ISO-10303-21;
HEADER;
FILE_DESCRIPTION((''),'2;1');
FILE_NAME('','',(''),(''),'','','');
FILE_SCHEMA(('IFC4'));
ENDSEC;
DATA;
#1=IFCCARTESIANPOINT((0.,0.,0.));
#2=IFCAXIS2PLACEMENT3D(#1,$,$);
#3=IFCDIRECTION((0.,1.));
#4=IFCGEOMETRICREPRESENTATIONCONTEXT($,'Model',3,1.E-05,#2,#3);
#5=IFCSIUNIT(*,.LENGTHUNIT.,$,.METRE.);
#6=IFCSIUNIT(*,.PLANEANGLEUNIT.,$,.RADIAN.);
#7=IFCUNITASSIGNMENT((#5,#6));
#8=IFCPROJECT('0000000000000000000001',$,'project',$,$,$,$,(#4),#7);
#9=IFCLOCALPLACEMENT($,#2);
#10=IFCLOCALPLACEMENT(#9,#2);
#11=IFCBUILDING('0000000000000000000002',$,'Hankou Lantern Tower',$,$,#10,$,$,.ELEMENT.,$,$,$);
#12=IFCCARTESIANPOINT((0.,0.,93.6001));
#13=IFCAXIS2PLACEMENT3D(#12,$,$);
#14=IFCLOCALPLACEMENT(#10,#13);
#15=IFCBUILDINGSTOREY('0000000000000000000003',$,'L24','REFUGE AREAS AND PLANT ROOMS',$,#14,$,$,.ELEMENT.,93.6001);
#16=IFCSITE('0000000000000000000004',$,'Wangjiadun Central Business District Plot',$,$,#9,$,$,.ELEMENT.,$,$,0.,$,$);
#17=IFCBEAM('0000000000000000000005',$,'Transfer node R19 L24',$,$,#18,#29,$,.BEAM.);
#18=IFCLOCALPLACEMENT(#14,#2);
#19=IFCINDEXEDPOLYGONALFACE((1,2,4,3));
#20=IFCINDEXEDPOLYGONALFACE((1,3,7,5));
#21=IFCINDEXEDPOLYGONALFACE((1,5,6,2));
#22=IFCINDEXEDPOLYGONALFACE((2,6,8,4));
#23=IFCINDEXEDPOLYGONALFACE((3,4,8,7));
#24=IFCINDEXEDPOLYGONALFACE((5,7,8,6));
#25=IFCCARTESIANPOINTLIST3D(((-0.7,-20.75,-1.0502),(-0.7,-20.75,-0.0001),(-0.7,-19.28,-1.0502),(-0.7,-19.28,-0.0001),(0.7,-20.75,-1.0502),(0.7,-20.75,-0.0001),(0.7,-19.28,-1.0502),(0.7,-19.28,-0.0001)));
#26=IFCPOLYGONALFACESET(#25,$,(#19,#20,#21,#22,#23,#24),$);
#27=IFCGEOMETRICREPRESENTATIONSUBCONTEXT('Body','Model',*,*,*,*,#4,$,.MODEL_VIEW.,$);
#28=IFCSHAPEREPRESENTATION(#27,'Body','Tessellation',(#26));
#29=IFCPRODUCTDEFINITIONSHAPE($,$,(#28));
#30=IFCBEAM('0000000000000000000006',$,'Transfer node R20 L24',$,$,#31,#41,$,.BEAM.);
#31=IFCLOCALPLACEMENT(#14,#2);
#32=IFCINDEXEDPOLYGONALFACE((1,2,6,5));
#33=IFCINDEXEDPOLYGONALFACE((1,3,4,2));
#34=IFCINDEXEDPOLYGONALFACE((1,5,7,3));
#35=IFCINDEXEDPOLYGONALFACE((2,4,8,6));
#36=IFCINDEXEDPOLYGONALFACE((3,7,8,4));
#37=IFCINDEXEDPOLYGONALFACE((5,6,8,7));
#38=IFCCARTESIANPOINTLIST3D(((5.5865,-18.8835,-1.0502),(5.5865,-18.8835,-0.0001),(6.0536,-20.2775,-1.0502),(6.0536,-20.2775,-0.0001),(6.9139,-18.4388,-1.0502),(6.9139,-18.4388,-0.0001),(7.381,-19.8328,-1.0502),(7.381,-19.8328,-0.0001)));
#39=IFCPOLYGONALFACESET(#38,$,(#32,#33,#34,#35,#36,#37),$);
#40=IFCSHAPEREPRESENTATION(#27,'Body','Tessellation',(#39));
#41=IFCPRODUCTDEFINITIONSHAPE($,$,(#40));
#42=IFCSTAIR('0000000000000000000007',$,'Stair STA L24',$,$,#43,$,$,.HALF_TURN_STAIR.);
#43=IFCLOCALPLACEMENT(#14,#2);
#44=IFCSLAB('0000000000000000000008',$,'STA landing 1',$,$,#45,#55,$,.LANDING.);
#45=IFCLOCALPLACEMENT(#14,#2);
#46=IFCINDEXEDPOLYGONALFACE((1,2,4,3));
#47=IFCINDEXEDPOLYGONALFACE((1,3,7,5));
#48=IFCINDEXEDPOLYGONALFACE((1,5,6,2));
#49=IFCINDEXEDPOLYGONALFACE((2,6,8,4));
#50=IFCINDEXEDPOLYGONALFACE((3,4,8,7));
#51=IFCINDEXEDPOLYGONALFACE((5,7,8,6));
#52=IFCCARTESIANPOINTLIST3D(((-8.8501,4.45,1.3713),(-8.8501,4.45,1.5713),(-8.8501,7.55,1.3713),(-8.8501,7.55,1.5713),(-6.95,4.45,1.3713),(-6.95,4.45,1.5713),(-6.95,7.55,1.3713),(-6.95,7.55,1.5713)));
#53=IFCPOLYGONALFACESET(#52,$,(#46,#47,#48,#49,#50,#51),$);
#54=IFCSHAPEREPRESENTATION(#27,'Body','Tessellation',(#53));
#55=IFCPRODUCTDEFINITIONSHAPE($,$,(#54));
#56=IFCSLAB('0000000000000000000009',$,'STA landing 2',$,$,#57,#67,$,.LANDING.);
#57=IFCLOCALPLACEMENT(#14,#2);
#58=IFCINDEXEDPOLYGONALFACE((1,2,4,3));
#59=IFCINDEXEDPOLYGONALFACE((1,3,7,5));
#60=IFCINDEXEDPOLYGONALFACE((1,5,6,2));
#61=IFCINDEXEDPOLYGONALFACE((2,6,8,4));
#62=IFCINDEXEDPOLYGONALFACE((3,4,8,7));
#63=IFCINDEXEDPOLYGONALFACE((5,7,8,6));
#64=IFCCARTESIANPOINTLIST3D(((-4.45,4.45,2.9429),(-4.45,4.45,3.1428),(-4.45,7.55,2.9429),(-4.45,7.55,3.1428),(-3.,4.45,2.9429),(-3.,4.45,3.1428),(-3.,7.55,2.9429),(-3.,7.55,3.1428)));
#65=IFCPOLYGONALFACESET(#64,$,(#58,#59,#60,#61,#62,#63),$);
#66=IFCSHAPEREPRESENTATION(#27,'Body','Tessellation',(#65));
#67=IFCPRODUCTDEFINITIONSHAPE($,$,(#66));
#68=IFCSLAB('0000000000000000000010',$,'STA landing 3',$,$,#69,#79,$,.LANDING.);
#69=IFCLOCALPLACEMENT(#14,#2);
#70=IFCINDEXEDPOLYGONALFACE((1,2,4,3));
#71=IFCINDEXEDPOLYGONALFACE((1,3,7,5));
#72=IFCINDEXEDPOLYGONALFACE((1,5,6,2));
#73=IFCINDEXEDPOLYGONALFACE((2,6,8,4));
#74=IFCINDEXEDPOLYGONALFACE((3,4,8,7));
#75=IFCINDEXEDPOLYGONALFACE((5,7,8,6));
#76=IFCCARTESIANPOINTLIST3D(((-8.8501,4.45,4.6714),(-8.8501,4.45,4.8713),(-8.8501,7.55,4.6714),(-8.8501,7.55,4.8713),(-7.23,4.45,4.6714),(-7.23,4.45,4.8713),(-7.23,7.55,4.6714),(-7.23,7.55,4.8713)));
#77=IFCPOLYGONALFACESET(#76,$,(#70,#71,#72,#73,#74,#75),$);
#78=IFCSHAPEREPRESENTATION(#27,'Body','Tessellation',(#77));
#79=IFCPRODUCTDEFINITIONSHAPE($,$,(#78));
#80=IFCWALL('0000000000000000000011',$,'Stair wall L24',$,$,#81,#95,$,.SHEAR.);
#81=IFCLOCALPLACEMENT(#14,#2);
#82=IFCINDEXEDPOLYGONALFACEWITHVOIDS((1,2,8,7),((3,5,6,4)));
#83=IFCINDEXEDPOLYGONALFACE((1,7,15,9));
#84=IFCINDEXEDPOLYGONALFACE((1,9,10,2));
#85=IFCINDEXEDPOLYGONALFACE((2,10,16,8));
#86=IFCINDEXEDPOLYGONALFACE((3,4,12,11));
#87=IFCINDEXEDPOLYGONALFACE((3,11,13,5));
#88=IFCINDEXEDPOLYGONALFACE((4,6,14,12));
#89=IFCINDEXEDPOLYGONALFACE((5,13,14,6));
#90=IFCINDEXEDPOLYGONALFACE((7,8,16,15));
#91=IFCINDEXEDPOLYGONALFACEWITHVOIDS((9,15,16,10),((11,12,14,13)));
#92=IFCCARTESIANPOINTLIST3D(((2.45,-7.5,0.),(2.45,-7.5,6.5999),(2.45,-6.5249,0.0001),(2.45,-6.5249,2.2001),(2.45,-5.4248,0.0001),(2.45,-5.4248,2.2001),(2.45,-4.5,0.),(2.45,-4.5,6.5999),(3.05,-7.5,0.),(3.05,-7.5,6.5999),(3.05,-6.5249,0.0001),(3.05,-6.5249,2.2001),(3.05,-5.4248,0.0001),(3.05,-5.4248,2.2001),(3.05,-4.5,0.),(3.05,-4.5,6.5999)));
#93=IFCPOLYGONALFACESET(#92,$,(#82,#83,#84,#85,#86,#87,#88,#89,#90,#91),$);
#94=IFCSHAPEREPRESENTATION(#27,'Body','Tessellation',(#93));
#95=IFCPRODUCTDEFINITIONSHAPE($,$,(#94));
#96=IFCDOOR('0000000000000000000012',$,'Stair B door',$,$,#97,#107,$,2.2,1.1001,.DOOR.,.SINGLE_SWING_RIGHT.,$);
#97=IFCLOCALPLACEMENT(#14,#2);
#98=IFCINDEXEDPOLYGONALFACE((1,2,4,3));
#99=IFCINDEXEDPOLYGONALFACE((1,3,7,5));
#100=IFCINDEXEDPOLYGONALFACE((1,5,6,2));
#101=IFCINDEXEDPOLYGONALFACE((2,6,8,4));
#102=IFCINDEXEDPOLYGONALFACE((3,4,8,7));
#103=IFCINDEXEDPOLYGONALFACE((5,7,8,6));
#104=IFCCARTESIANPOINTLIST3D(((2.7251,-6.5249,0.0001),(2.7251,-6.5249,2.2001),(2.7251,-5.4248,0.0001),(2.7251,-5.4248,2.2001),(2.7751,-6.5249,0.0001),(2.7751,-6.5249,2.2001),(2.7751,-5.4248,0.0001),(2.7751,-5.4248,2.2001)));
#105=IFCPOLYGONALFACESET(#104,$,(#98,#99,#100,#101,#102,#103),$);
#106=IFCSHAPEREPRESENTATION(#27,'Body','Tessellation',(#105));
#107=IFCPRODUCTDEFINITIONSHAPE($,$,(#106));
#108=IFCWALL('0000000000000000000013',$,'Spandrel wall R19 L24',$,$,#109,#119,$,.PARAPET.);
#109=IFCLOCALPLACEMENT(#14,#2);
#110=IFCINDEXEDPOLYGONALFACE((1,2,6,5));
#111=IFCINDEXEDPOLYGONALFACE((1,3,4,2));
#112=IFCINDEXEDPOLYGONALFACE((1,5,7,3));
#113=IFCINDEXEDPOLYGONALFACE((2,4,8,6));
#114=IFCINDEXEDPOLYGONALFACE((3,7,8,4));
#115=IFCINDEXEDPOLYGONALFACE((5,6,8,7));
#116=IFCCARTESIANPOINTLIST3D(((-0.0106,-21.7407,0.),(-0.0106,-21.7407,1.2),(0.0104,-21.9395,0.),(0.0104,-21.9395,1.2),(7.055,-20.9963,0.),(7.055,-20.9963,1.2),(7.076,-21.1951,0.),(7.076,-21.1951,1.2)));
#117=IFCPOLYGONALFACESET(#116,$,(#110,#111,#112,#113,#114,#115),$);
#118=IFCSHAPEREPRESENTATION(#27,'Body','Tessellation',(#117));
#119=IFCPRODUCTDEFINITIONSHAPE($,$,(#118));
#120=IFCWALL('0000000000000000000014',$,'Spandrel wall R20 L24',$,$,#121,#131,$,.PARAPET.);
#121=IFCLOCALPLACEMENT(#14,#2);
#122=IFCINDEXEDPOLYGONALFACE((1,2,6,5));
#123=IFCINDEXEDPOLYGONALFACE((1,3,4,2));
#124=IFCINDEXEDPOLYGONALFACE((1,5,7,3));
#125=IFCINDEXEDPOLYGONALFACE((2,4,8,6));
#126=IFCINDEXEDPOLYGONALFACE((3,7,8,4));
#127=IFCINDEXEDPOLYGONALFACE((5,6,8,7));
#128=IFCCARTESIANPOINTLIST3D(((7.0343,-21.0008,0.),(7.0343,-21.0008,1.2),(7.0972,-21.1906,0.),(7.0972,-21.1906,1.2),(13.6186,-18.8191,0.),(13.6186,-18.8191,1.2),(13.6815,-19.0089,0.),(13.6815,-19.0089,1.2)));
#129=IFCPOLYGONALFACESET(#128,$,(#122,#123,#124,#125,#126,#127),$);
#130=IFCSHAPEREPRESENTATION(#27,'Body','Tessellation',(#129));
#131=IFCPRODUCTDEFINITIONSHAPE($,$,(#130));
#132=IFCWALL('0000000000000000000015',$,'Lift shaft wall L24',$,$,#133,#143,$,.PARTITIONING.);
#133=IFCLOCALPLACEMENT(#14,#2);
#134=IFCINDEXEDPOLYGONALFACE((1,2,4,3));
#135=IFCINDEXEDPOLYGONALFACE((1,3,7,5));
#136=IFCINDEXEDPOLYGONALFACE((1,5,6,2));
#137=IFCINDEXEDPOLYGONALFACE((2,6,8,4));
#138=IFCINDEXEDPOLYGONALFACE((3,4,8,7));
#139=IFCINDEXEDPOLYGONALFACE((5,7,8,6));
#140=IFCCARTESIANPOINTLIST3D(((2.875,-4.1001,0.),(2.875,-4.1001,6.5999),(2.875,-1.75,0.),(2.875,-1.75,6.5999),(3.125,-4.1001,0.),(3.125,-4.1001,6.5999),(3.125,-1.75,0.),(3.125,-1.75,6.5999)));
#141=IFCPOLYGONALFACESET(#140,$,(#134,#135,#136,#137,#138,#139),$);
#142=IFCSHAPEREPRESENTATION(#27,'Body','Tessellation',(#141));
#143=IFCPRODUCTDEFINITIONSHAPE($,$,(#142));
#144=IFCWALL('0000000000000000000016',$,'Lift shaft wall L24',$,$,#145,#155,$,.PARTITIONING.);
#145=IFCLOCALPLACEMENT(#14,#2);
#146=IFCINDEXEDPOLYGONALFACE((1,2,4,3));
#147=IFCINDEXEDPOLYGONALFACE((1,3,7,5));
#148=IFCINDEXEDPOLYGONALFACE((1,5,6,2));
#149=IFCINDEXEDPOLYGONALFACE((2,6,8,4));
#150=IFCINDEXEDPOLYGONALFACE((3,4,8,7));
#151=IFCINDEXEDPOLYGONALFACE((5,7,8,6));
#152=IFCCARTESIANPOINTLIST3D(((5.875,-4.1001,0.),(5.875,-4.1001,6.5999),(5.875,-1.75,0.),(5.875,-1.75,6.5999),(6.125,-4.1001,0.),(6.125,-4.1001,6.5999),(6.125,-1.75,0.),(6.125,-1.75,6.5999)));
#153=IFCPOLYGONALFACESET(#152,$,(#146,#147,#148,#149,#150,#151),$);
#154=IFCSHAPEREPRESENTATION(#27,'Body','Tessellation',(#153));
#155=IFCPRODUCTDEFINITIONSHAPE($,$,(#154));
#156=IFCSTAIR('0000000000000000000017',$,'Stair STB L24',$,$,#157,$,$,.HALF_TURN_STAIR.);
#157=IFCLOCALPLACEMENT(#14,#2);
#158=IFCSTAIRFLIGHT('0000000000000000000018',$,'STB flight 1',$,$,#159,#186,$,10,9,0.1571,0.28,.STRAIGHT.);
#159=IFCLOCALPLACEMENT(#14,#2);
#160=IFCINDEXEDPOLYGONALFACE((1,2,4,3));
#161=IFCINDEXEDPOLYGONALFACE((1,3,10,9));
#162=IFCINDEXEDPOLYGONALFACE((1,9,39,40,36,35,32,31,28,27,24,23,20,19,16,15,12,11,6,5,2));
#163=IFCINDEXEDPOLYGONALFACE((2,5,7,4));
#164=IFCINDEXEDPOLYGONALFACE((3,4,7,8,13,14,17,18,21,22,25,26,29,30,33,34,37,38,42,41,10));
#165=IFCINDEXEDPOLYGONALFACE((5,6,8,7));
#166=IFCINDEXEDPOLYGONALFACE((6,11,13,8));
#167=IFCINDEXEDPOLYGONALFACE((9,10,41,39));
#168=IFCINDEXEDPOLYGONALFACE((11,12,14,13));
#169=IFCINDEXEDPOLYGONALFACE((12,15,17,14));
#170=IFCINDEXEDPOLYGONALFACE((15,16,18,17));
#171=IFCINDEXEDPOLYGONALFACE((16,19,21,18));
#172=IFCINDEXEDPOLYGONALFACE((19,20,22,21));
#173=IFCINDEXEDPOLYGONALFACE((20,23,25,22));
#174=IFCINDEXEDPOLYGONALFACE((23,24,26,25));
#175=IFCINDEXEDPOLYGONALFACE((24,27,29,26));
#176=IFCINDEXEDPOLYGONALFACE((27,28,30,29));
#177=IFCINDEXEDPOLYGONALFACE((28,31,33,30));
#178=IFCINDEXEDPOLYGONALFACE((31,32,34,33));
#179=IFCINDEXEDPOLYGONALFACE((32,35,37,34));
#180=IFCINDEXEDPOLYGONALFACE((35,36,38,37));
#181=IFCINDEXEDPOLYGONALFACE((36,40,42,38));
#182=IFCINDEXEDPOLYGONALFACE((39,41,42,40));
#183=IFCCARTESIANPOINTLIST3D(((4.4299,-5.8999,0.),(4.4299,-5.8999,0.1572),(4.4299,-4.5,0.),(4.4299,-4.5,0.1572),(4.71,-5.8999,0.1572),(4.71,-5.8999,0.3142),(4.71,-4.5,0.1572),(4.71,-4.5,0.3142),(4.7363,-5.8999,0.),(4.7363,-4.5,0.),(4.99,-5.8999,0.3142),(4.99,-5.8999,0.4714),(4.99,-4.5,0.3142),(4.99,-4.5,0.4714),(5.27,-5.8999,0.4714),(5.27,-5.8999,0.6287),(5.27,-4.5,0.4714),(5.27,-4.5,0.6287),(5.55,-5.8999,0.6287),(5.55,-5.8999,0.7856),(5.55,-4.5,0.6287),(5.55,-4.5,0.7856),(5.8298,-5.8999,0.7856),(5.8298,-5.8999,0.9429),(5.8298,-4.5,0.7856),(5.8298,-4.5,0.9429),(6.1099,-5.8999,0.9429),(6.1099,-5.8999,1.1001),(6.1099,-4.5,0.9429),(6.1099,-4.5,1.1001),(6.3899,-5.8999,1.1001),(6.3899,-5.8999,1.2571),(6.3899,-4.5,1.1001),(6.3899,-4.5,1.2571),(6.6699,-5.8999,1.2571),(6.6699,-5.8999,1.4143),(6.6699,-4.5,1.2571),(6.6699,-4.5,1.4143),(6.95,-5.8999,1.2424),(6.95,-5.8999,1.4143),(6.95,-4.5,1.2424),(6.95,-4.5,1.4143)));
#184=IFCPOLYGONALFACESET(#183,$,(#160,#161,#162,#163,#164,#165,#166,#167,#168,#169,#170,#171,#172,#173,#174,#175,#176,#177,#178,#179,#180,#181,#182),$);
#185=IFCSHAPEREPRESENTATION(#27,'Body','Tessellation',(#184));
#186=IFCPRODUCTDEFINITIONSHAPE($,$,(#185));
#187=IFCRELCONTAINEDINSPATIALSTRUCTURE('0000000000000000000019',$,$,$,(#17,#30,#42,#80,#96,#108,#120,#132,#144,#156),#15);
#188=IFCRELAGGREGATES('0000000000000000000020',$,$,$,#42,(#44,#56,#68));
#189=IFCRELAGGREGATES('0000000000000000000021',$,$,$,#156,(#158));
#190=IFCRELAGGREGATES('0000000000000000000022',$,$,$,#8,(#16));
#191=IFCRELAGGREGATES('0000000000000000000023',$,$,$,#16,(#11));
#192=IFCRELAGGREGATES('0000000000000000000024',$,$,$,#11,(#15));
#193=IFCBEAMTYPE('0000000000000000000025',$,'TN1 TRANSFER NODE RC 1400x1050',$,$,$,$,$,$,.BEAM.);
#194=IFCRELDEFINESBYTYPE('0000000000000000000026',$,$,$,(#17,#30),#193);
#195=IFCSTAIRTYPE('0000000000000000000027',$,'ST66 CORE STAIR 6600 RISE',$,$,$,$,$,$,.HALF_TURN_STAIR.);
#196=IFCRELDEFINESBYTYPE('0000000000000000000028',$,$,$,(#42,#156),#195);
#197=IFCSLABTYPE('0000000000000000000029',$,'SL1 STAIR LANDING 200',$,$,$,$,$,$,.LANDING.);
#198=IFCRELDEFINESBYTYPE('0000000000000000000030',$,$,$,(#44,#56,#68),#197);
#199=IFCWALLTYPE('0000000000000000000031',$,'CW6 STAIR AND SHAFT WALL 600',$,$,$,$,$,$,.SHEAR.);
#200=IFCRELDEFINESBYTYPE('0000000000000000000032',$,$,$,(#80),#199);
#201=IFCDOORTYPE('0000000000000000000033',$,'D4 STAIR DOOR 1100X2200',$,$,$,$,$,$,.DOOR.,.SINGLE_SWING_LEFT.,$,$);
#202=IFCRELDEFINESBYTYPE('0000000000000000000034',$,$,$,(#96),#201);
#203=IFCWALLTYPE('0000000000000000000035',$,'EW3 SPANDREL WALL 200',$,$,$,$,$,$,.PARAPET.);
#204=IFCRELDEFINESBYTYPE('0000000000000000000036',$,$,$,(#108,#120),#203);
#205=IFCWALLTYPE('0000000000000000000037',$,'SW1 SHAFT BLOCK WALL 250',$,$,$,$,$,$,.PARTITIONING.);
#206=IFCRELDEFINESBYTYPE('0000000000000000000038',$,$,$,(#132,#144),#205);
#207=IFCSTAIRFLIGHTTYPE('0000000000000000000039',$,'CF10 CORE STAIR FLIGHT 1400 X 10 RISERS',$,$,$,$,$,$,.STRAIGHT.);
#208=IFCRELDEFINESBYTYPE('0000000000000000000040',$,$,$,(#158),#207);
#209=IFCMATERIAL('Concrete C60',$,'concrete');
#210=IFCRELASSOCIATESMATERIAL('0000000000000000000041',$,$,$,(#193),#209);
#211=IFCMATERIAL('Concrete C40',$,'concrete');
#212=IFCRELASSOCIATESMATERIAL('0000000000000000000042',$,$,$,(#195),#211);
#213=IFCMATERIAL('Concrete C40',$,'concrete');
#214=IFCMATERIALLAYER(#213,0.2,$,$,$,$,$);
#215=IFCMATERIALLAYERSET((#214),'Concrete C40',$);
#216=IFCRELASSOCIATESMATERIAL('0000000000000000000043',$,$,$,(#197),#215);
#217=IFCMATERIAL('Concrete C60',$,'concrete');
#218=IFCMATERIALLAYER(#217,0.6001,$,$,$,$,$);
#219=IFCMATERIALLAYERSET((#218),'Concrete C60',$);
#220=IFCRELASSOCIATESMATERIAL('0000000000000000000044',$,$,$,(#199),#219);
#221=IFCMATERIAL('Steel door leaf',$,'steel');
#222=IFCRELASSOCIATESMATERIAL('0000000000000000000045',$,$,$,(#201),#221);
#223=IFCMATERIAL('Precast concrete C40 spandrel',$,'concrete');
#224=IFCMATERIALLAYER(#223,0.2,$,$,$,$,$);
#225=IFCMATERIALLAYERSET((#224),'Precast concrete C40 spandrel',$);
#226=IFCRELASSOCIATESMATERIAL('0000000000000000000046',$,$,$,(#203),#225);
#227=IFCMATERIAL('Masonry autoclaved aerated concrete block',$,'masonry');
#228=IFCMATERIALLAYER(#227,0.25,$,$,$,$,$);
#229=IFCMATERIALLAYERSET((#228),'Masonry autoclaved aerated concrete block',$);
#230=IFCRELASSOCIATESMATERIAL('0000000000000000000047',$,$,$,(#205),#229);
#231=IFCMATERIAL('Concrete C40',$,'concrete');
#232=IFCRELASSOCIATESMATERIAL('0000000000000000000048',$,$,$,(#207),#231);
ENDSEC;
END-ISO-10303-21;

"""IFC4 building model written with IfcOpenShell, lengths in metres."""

from ifc_helpers import new_model, si_unit, direction, frame, frame_2d, origin, origin_2d, place, context, subcontext, project, spatial, polyline, rectangle, outline, extrude, material, layer, layer_set, material_profile, profile_set, type_object, element, fill, aggregate, save


model = new_model("IFC4")

# Units and contexts
model_context = context("Model", 3, precision=1e-05, world=origin(), true_north=direction((0.0, 1.0)))
body_context = subcontext(model_context, "Body", "Model", "MODEL_VIEW")
ifc_project = project(units=[si_unit("LENGTHUNIT", "METRE"), si_unit("PLANEANGLEUNIT", "RADIAN")], contexts=[model_context])

# Site, building, storey
site_placement = place(None, origin())
site = spatial("IfcSite", under=ifc_project, at=site_placement, Name="Wangjiadun Central Business District Plot", CompositionType="ELEMENT", RefElevation=0.0)
building_placement = place(site_placement, origin())
building = spatial("IfcBuilding", under=site, at=building_placement, Name="Hankou Lantern Tower", CompositionType="ELEMENT")
storey_placement = place(building_placement, frame((0.0, 0.0, 93.6001)))
storey = spatial("IfcBuildingStorey", under=building, at=storey_placement, Name="L24", Description="REFUGE AREAS AND PLANT ROOMS", CompositionType="ELEMENT", Elevation=93.6001)

# Beams
ifc_material_1 = material(Name="Concrete C60", Category="concrete")
ifc_material_profile_1 = material_profile(ifc_material_1, rectangle(XDim=1.3999, YDim=1.05, at=origin_2d()), Name="RC 1400x1050")
ifc_profile_set_1 = profile_set([ifc_material_profile_1], Name="Concrete C60")
beam_type_1 = type_object("IfcBeamType", Name="TN1 TRANSFER NODE RC 1400x1050", PredefinedType="BEAM", material=ifc_profile_set_1)
beam_1_placement = place(storey_placement, frame((0.0, -20.75, -0.5251), z_axis=(0.0, 1.0, 0.0), x_axis=(-1.0, 0.0, 0.0)))
element("IfcBeam", 1, at=beam_1_placement, inside=storey, type_object=beam_type_1, Name="Transfer node R19 L24", PredefinedType="BEAM", context=body_context, shape_type="SweptSolid", body=[
    extrude(rectangle(XDim=1.3999, YDim=1.05, at=origin_2d()), origin(), (0.0, 0.0, 1.0), 1.47),
])
beam_2_placement = place(storey_placement, frame((6.7173, -20.0552, -0.5251), z_axis=(-0.317672, 0.948201, 0.0), x_axis=(-0.948201, -0.317672, 0.0)))
element("IfcBeam", 2, at=beam_2_placement, inside=storey, type_object=beam_type_1, Name="Transfer node R20 L24", PredefinedType="BEAM", context=body_context, shape_type="SweptSolid", body=[
    extrude(rectangle(XDim=1.3999, YDim=1.05, at=origin_2d()), origin(), (0.0, 0.0, 1.0), 1.4702),
])

# Stair, slabs
ifc_material_2 = material(Name="Concrete C40", Category="concrete")
stair_type = type_object("IfcStairType", Name="ST66 CORE STAIR 6600 RISE", PredefinedType="HALF_TURN_STAIR", material=ifc_material_2)
stair_1_placement = place(storey_placement, origin())
stair_1 = element("IfcStair", 3, at=stair_1_placement, inside=storey, type_object=stair_type, Name="Stair STA L24", PredefinedType="HALF_TURN_STAIR")
ifc_material_3 = material(Name="Concrete C40", Category="concrete")
ifc_layer_1 = layer(ifc_material_3, 0.2)
ifc_layer_set_1 = layer_set([ifc_layer_1], Name="Concrete C40")
slab_type = type_object("IfcSlabType", Name="SL1 STAIR LANDING 200", PredefinedType="LANDING", material=ifc_layer_set_1)
slab_1_placement = place(storey_placement, frame((0.0, 0.0, 1.3713)))
slab_1 = element("IfcSlab", 4, at=slab_1_placement, type_object=slab_type, Name="STA landing 1", PredefinedType="LANDING", context=body_context, shape_type="SweptSolid", body=[
    extrude(outline(polyline([(-8.8501, 4.45), (-6.95, 4.45), (-6.95, 7.55), (-8.8501, 7.55), (-8.8501, 4.45)])), origin(), (0.0, 0.0, 1.0), 0.2),
])
slab_2_placement = place(storey_placement, frame((0.0, 0.0, 2.9429)))
slab_2 = element("IfcSlab", 5, at=slab_2_placement, type_object=slab_type, Name="STA landing 2", PredefinedType="LANDING", context=body_context, shape_type="SweptSolid", body=[
    extrude(outline(polyline([(-4.45, 4.45), (-3.0, 4.45), (-3.0, 7.55), (-4.45, 7.55), (-4.45, 4.45)])), origin(), (0.0, 0.0, 1.0), 0.2),
])
slab_3_placement = place(storey_placement, frame((0.0, 0.0, 4.6714)))
slab_3 = element("IfcSlab", 6, at=slab_3_placement, type_object=slab_type, Name="STA landing 3", PredefinedType="LANDING", context=body_context, shape_type="SweptSolid", body=[
    extrude(outline(polyline([(-8.8501, 4.45), (-7.23, 4.45), (-7.23, 7.55), (-8.8501, 7.55), (-8.8501, 4.45)])), origin(), (0.0, 0.0, 1.0), 0.2),
])
aggregate(stair_1, [slab_1, slab_2, slab_3])

# Wall, opening, door
ifc_material_4 = material(Name="Concrete C60", Category="concrete")
ifc_layer_2 = layer(ifc_material_4, 0.6001)
ifc_layer_set_2 = layer_set([ifc_layer_2], Name="Concrete C60")
wall_type_1 = type_object("IfcWallType", Name="CW6 STAIR AND SHAFT WALL 600", PredefinedType="SHEAR", material=ifc_layer_set_2)
wall_1_placement = place(storey_placement, frame((2.75, -7.5, 0.0), z_axis=(0.0, 0.0, 1.0), x_axis=(0.0, 1.0, 0.0)))
wall_1 = element("IfcWall", 7, at=wall_1_placement, inside=storey, type_object=wall_type_1, Name="Stair wall L24", PredefinedType="SHEAR", context=body_context, shape_type="SweptSolid", body=[
    extrude(rectangle(XDim=3.0, YDim=0.6001, at=frame_2d((1.5, 0.0))), origin(), (0.0, 0.0, 1.0), 6.5999),
])
opening_placement = place(wall_1_placement, frame((0.9751, 0.0, 0.0)))
opening = element("IfcOpeningElement", 8, at=opening_placement, cuts=wall_1, PredefinedType="OPENING", context=body_context, shape_type="SweptSolid", body=[
    extrude(rectangle(XDim=1.1001, YDim=2.2, at=frame_2d((0.55, 1.1001))), frame((0.0, 0.3101, 0.0), z_axis=(0.0, -1.0, 0.0), x_axis=(1.0, 0.0, 0.0)), (0.0, 0.0, 1.0), 0.6201),
])
ifc_material_5 = material(Name="Steel door leaf", Category="steel")
door_type = type_object("IfcDoorType", Name="D4 STAIR DOOR 1100X2200", OperationType="SINGLE_SWING_LEFT", PredefinedType="DOOR", material=ifc_material_5)
door_placement = place(opening_placement, origin())
door = element("IfcDoor", 9, at=door_placement, inside=storey, type_object=door_type, Name="Stair B door", OperationType="SINGLE_SWING_RIGHT", OverallHeight=2.2, OverallWidth=1.1001, PredefinedType="DOOR", context=body_context, shape_type="SweptSolid", body=[
    extrude(rectangle(XDim=1.1001, YDim=2.2, at=frame_2d((0.55, 1.1001))), frame((0.0, 0.0249, 0.0), z_axis=(0.0, -1.0, 0.0), x_axis=(1.0, 0.0, 0.0)), (0.0, 0.0, 1.0), 0.05),
])
fill(opening, door)

# Walls
ifc_material_6 = material(Name="Precast concrete C40 spandrel", Category="concrete")
ifc_layer_3 = layer(ifc_material_6, 0.2)
ifc_layer_set_3 = layer_set([ifc_layer_3], Name="Precast concrete C40 spandrel")
wall_type_2 = type_object("IfcWallType", Name="EW3 SPANDREL WALL 200", PredefinedType="PARAPET", material=ifc_layer_set_3)
wall_2_placement = place(storey_placement, frame((0.0, -21.8401, 0.0), z_axis=(0.0, 0.0, 1.0), x_axis=(0.994496, 0.104772, 0.0)))
element("IfcWall", 10, at=wall_2_placement, inside=storey, type_object=wall_type_2, Name="Spandrel wall R19 L24", PredefinedType="PARAPET", context=body_context, shape_type="SweptSolid", body=[
    extrude(rectangle(XDim=7.1047, YDim=0.2, at=frame_2d((3.5522, 0.0))), origin(), (0.0, 0.0, 1.0), 1.2),
])
wall_3_placement = place(storey_placement, frame((7.0657, -21.0957, 0.0), z_axis=(0.0, 0.0, 1.0), x_axis=(0.949248, 0.314527, 0.0)))
element("IfcWall", 11, at=wall_3_placement, inside=storey, type_object=wall_type_2, Name="Spandrel wall R20 L24", PredefinedType="PARAPET", context=body_context, shape_type="SweptSolid", body=[
    extrude(rectangle(XDim=6.9363, YDim=0.2, at=frame_2d((3.4683, 0.0))), origin(), (0.0, 0.0, 1.0), 1.2),
])
ifc_material_7 = material(Name="Masonry autoclaved aerated concrete block", Category="masonry")
ifc_layer_4 = layer(ifc_material_7, 0.25)
ifc_layer_set_4 = layer_set([ifc_layer_4], Name="Masonry autoclaved aerated concrete block")
wall_type_3 = type_object("IfcWallType", Name="SW1 SHAFT BLOCK WALL 250", PredefinedType="PARTITIONING", material=ifc_layer_set_4)
for number, where, z_axis, x_axis, name in (
    (12, (3.0, -4.1001, 0.0), (0.0, 0.0, 1.0), (0.0, 1.0, 0.0), "Lift shaft wall L24"),
    (13, (6.0, -4.1001, 0.0), (0.0, 0.0, 1.0), (0.0, 1.0, 0.0), "Lift shaft wall L24"),
):
    element("IfcWall", number, at=place(storey_placement, frame(where, z_axis=z_axis, x_axis=x_axis)), inside=storey, type_object=wall_type_3, Name=name, PredefinedType="PARTITIONING", context=body_context, shape_type="SweptSolid", body=[
        extrude(rectangle(XDim=2.3501, YDim=0.25, at=frame_2d((1.175, 0.0))), origin(), (0.0, 0.0, 1.0), 6.5999),
    ])

# Stair, stair flight
stair_2_placement = place(storey_placement, origin())
stair_2 = element("IfcStair", 14, at=stair_2_placement, inside=storey, type_object=stair_type, Name="Stair STB L24", PredefinedType="HALF_TURN_STAIR")
ifc_material_8 = material(Name="Concrete C40", Category="concrete")
stair_flight_type_1 = type_object("IfcStairFlightType", Name="CF10 CORE STAIR FLIGHT 1400 X 10 RISERS", PredefinedType="STRAIGHT", material=ifc_material_8)
stair_flight_1_placement = place(storey_placement, frame((4.4299, -5.2, 0.0), z_axis=(0.0, 0.0, 1.0), x_axis=(1.0, 0.0, 0.0)))
stair_flight_1 = element("IfcStairFlight", 15, at=stair_flight_1_placement, type_object=stair_flight_type_1, Name="STB flight 1", NumberOfRisers=10, NumberOfTreads=9, PredefinedType="STRAIGHT", RiserHeight=0.1571, TreadLength=0.28, context=body_context, shape_type="SweptSolid", body=[
    extrude(outline(polyline([(0.0, 0.0), (0.0, 0.1572), (0.28, 0.1572), (0.28, 0.3142), (0.5601, 0.3142), (0.5601, 0.4714), (0.8401, 0.4714), (0.8401, 0.6287), (1.1201, 0.6287), (1.1201, 0.7856), (1.3999, 0.7856), (1.3999, 0.9429), (1.6799, 0.9429), (1.6799, 1.1001), (1.96, 1.1001), (1.96, 1.2571), (2.24, 1.2571), (2.24, 1.4143), (2.52, 1.4143), (2.52, 1.5715), (2.52, 1.2424), (0.3064, 0.0), (0.0, 0.0)])), frame((0.0, 0.7, 0.0), z_axis=(0.0, -1.0, 0.0), x_axis=(1.0, 0.0, 0.0)), (0.0, 0.0, 1.0), 1.3999),
])
aggregate(stair_2, [stair_flight_1])

save(model, "model.ifc")
